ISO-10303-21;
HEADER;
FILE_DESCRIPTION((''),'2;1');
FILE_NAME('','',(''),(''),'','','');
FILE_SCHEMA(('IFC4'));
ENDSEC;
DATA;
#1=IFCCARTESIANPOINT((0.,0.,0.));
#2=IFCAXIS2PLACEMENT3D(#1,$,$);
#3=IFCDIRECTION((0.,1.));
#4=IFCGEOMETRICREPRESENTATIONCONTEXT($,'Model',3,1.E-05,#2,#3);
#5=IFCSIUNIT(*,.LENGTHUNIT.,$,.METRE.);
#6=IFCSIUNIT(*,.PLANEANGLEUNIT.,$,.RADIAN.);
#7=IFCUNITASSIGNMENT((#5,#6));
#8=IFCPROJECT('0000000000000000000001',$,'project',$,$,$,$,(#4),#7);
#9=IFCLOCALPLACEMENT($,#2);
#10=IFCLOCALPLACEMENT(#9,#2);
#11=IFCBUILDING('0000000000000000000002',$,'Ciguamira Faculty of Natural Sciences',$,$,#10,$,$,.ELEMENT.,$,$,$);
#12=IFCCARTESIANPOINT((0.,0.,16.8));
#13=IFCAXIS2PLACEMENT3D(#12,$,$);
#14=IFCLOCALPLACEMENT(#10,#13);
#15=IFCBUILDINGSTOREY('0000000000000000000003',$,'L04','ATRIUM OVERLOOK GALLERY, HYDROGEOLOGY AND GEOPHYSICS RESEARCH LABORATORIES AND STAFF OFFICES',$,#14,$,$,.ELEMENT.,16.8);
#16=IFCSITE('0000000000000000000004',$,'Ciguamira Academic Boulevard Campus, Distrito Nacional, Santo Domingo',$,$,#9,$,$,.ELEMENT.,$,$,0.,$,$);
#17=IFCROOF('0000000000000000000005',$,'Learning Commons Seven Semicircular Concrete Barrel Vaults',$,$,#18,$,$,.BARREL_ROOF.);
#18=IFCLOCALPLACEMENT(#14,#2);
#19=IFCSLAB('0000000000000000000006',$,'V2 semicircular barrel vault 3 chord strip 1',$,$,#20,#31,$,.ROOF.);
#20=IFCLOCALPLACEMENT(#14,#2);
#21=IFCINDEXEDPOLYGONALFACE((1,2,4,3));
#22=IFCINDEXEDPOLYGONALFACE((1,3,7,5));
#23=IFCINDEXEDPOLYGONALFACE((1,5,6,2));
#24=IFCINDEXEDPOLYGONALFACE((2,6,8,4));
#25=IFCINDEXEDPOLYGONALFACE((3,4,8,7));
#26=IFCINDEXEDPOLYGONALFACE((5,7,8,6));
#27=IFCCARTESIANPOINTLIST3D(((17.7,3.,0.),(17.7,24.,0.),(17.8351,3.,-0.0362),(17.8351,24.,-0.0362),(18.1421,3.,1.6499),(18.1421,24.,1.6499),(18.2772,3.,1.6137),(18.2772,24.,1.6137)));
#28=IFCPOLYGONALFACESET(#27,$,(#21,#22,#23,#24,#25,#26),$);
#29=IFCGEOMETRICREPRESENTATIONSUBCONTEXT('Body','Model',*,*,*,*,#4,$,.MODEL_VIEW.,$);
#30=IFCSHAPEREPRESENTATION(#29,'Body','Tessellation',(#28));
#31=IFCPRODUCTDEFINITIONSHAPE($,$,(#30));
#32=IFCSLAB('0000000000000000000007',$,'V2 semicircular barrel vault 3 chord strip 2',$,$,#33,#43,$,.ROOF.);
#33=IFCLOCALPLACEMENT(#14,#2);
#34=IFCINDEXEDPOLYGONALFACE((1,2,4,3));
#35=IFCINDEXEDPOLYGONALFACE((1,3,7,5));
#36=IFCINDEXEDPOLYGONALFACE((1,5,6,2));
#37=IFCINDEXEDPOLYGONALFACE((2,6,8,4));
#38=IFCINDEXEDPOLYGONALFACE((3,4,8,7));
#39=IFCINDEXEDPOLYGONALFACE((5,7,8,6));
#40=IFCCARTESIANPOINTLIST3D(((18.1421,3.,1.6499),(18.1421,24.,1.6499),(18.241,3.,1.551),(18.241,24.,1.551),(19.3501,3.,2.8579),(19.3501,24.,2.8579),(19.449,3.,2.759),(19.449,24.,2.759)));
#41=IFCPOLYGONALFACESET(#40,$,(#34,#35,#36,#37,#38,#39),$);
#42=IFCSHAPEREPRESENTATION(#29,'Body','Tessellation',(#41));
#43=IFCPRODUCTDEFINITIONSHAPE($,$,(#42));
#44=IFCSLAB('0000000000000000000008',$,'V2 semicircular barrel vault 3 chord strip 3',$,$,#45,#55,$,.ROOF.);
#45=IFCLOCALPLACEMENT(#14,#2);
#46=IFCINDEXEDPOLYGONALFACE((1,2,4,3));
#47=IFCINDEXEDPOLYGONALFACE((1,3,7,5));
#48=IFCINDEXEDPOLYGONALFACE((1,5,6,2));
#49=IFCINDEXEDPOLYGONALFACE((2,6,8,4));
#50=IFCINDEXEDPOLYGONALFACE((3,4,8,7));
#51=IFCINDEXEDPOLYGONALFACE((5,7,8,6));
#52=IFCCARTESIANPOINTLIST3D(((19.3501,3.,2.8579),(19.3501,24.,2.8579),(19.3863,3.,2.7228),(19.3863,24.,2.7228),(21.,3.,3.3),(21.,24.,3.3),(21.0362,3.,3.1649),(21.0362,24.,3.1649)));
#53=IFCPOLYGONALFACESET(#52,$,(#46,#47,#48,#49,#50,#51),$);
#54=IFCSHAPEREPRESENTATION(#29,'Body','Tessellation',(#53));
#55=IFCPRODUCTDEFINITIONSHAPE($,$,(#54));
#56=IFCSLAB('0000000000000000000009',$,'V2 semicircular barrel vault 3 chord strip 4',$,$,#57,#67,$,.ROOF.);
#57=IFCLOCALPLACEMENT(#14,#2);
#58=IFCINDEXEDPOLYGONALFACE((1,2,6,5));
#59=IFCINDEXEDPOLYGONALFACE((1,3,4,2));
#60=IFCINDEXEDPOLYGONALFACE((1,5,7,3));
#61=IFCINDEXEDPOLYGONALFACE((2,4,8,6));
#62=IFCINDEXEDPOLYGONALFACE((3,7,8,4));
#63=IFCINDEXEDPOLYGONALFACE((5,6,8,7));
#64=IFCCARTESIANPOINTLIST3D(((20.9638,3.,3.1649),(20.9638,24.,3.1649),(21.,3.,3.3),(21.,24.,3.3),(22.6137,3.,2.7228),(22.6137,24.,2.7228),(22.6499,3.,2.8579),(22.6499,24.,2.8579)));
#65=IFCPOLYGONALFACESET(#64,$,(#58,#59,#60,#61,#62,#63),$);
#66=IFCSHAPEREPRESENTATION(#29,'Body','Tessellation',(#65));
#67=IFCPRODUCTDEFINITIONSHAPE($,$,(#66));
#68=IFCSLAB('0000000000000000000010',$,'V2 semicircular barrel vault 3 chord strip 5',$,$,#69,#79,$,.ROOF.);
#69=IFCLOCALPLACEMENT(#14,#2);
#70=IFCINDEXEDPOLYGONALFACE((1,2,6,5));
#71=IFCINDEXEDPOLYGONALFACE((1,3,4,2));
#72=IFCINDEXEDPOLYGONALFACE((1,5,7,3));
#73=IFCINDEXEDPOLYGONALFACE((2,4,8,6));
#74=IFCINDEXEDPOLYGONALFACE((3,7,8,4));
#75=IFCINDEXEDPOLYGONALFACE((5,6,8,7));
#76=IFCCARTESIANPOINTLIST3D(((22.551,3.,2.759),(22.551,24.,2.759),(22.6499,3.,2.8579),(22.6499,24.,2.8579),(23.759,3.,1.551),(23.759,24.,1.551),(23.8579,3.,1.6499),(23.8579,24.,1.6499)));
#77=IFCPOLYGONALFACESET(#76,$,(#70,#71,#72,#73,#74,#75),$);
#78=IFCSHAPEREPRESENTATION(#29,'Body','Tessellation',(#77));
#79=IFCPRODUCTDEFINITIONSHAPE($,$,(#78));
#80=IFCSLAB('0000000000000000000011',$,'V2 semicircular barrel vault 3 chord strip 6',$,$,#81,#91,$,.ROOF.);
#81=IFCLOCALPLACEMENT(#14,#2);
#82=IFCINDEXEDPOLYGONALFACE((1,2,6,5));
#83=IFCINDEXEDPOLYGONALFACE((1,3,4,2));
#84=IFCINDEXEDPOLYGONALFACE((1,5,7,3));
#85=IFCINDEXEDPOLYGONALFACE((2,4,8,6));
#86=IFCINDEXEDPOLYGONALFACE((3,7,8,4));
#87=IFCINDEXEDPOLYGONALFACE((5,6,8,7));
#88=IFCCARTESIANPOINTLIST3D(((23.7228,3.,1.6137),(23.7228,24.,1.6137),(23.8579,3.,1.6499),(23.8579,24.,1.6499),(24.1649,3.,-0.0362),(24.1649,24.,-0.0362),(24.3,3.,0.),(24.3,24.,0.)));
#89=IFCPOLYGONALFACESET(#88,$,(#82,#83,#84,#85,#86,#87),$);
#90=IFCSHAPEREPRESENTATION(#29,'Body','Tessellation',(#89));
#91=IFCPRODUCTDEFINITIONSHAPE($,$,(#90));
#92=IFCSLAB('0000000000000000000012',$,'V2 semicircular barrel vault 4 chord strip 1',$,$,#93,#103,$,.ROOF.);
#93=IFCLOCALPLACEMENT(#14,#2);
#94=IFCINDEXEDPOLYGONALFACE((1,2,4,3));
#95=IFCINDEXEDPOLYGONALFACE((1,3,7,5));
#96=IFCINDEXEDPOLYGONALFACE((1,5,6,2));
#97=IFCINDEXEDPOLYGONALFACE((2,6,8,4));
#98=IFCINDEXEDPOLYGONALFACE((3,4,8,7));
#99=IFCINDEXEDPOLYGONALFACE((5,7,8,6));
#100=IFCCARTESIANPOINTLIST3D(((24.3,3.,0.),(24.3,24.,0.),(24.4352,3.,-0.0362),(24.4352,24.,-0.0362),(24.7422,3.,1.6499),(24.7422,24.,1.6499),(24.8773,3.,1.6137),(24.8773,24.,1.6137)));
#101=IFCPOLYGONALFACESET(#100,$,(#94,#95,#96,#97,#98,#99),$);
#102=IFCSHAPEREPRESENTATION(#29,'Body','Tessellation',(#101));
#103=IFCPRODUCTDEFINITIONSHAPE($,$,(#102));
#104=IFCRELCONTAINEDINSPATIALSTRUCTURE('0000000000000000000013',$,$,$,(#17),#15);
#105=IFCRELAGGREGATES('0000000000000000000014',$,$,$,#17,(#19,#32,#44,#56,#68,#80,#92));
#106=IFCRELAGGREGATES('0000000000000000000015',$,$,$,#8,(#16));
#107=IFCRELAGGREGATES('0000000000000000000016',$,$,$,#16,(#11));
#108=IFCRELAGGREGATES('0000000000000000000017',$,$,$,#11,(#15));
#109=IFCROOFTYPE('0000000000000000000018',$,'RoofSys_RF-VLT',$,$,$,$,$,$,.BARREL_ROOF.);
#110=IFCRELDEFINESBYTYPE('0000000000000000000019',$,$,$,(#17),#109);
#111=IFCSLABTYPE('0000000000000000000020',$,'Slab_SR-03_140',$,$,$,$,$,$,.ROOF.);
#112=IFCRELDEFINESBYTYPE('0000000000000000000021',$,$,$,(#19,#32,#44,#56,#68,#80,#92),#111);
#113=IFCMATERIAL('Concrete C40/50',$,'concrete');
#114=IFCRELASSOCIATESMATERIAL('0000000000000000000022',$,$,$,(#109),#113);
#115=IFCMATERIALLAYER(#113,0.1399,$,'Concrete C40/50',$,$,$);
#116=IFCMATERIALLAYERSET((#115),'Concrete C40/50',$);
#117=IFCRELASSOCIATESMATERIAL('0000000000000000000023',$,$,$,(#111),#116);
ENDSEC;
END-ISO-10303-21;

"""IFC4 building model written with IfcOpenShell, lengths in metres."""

from ifc_helpers import new_model, si_unit, direction, frame, origin, place, context, subcontext, project, spatial, polyline, outline, extrude, material, layer, layer_set, type_object, element, aggregate, save


model = new_model("IFC4")

# Units and contexts
model_context = context("Model", 3, precision=1e-05, world=origin(), true_north=direction((0.0, 1.0)))
body_context = subcontext(model_context, "Body", "Model", "MODEL_VIEW")
ifc_project = project(units=[si_unit("LENGTHUNIT", "METRE"), si_unit("PLANEANGLEUNIT", "RADIAN")], contexts=[model_context])

# Site, building, storey
site_placement = place(None, origin())
site = spatial("IfcSite", under=ifc_project, at=site_placement, Name="Ciguamira Academic Boulevard Campus, Distrito Nacional, Santo Domingo", CompositionType="ELEMENT", RefElevation=0.0)
building_placement = place(site_placement, origin())
building = spatial("IfcBuilding", under=site, at=building_placement, Name="Ciguamira Faculty of Natural Sciences", CompositionType="ELEMENT")
storey_placement = place(building_placement, frame((0.0, 0.0, 16.8)))
storey = spatial("IfcBuildingStorey", under=building, at=storey_placement, Name="L04", Description="ATRIUM OVERLOOK GALLERY, HYDROGEOLOGY AND GEOPHYSICS RESEARCH LABORATORIES AND STAFF OFFICES", CompositionType="ELEMENT", Elevation=16.8)

# Shared definitions
ifc_material_1 = material(Name="Concrete C40/50", Category="concrete")

# Roof, slabs
roof_type = type_object("IfcRoofType", Name="RoofSys_RF-VLT", PredefinedType="BARREL_ROOF", material=ifc_material_1)
roof_placement = place(storey_placement, origin())
roof = element("IfcRoof", 1, at=roof_placement, inside=storey, type_object=roof_type, Name="Learning Commons Seven Semicircular Concrete Barrel Vaults", PredefinedType="BARREL_ROOF")
ifc_layer = layer(ifc_material_1, 0.1399, Name="Concrete C40/50")
ifc_layer_set = layer_set([ifc_layer], Name="Concrete C40/50")
slab_type = type_object("IfcSlabType", Name="Slab_SR-03_140", PredefinedType="ROOF", material=ifc_layer_set)
slab_1_placement = place(storey_placement, frame((17.7, 3.0, 0.0), z_axis=(-0.965919, 0.0, 0.258846), x_axis=(0.258846, 0.0, 0.965919)))
slab_1 = element("IfcSlab", 2, at=slab_1_placement, type_object=slab_type, Name="V2 semicircular barrel vault 3 chord strip 1", PredefinedType="ROOF", context=body_context, shape_type="SweptSolid", body=[
    extrude(outline(polyline([(0.0, 0.0), (1.7081, 0.0), (1.7081, 21.0), (0.0, 21.0), (0.0, 0.0)])), origin(), (0.0, 0.0, -1.0), 0.1399),
])
slab_2_placement = place(storey_placement, frame((18.1421, 3.0, 1.6499), z_axis=(-0.707107, 0.0, 0.707107), x_axis=(0.707107, 0.0, 0.707107)))
slab_2 = element("IfcSlab", 3, at=slab_2_placement, type_object=slab_type, Name="V2 semicircular barrel vault 3 chord strip 2", PredefinedType="ROOF", context=body_context, shape_type="SweptSolid", body=[
    extrude(outline(polyline([(0.0, 0.0), (1.7084, 0.0), (1.7084, 21.0), (0.0, 21.0), (0.0, 0.0)])), origin(), (0.0, 0.0, -1.0), 0.1399),
])
slab_3_placement = place(storey_placement, frame((19.3501, 3.0, 2.8579), z_axis=(-0.258846, 0.0, 0.965919), x_axis=(0.965919, 0.0, 0.258846)))
slab_3 = element("IfcSlab", 4, at=slab_3_placement, type_object=slab_type, Name="V2 semicircular barrel vault 3 chord strip 3", PredefinedType="ROOF", context=body_context, shape_type="SweptSolid", body=[
    extrude(outline(polyline([(0.0, 0.0), (1.7081, 0.0), (1.7081, 21.0), (0.0, 21.0), (0.0, 0.0)])), origin(), (0.0, 0.0, -1.0), 0.1399),
])
slab_4_placement = place(storey_placement, frame((21.0, 3.0, 3.3), z_axis=(0.258846, 0.0, 0.965919), x_axis=(0.965919, 0.0, -0.258846)))
slab_4 = element("IfcSlab", 5, at=slab_4_placement, type_object=slab_type, Name="V2 semicircular barrel vault 3 chord strip 4", PredefinedType="ROOF", context=body_context, shape_type="SweptSolid", body=[
    extrude(outline(polyline([(0.0, 0.0), (1.7081, 0.0), (1.7081, 21.0), (0.0, 21.0), (0.0, 0.0)])), origin(), (0.0, 0.0, -1.0), 0.1399),
])
slab_5_placement = place(storey_placement, frame((22.6499, 3.0, 2.8579), z_axis=(0.707107, 0.0, 0.707107), x_axis=(0.707107, 0.0, -0.707107)))
slab_5 = element("IfcSlab", 6, at=slab_5_placement, type_object=slab_type, Name="V2 semicircular barrel vault 3 chord strip 5", PredefinedType="ROOF", context=body_context, shape_type="SweptSolid", body=[
    extrude(outline(polyline([(0.0, 0.0), (1.7084, 0.0), (1.7084, 21.0), (0.0, 21.0), (0.0, 0.0)])), origin(), (0.0, 0.0, -1.0), 0.1399),
])
slab_6_placement = place(storey_placement, frame((23.8579, 3.0, 1.6499), z_axis=(0.965919, 0.0, 0.258846), x_axis=(0.258846, 0.0, -0.965919)))
slab_6 = element("IfcSlab", 7, at=slab_6_placement, type_object=slab_type, Name="V2 semicircular barrel vault 3 chord strip 6", PredefinedType="ROOF", context=body_context, shape_type="SweptSolid", body=[
    extrude(outline(polyline([(0.0, 0.0), (1.7081, 0.0), (1.7081, 21.0), (0.0, 21.0), (0.0, 0.0)])), origin(), (0.0, 0.0, -1.0), 0.1399),
])
slab_7_placement = place(storey_placement, frame((24.3, 3.0, 0.0), z_axis=(-0.965919, 0.0, 0.258846), x_axis=(0.258846, 0.0, 0.965919)))
slab_7 = element("IfcSlab", 8, at=slab_7_placement, type_object=slab_type, Name="V2 semicircular barrel vault 4 chord strip 1", PredefinedType="ROOF", context=body_context, shape_type="SweptSolid", body=[
    extrude(outline(polyline([(0.0, 0.0), (1.7081, 0.0), (1.7081, 21.0), (0.0, 21.0), (0.0, 0.0)])), origin(), (0.0, 0.0, -1.0), 0.1399),
])
aggregate(roof, [slab_1, slab_2, slab_3, slab_4, slab_5, slab_6, slab_7])

save(model, "model.ifc")
